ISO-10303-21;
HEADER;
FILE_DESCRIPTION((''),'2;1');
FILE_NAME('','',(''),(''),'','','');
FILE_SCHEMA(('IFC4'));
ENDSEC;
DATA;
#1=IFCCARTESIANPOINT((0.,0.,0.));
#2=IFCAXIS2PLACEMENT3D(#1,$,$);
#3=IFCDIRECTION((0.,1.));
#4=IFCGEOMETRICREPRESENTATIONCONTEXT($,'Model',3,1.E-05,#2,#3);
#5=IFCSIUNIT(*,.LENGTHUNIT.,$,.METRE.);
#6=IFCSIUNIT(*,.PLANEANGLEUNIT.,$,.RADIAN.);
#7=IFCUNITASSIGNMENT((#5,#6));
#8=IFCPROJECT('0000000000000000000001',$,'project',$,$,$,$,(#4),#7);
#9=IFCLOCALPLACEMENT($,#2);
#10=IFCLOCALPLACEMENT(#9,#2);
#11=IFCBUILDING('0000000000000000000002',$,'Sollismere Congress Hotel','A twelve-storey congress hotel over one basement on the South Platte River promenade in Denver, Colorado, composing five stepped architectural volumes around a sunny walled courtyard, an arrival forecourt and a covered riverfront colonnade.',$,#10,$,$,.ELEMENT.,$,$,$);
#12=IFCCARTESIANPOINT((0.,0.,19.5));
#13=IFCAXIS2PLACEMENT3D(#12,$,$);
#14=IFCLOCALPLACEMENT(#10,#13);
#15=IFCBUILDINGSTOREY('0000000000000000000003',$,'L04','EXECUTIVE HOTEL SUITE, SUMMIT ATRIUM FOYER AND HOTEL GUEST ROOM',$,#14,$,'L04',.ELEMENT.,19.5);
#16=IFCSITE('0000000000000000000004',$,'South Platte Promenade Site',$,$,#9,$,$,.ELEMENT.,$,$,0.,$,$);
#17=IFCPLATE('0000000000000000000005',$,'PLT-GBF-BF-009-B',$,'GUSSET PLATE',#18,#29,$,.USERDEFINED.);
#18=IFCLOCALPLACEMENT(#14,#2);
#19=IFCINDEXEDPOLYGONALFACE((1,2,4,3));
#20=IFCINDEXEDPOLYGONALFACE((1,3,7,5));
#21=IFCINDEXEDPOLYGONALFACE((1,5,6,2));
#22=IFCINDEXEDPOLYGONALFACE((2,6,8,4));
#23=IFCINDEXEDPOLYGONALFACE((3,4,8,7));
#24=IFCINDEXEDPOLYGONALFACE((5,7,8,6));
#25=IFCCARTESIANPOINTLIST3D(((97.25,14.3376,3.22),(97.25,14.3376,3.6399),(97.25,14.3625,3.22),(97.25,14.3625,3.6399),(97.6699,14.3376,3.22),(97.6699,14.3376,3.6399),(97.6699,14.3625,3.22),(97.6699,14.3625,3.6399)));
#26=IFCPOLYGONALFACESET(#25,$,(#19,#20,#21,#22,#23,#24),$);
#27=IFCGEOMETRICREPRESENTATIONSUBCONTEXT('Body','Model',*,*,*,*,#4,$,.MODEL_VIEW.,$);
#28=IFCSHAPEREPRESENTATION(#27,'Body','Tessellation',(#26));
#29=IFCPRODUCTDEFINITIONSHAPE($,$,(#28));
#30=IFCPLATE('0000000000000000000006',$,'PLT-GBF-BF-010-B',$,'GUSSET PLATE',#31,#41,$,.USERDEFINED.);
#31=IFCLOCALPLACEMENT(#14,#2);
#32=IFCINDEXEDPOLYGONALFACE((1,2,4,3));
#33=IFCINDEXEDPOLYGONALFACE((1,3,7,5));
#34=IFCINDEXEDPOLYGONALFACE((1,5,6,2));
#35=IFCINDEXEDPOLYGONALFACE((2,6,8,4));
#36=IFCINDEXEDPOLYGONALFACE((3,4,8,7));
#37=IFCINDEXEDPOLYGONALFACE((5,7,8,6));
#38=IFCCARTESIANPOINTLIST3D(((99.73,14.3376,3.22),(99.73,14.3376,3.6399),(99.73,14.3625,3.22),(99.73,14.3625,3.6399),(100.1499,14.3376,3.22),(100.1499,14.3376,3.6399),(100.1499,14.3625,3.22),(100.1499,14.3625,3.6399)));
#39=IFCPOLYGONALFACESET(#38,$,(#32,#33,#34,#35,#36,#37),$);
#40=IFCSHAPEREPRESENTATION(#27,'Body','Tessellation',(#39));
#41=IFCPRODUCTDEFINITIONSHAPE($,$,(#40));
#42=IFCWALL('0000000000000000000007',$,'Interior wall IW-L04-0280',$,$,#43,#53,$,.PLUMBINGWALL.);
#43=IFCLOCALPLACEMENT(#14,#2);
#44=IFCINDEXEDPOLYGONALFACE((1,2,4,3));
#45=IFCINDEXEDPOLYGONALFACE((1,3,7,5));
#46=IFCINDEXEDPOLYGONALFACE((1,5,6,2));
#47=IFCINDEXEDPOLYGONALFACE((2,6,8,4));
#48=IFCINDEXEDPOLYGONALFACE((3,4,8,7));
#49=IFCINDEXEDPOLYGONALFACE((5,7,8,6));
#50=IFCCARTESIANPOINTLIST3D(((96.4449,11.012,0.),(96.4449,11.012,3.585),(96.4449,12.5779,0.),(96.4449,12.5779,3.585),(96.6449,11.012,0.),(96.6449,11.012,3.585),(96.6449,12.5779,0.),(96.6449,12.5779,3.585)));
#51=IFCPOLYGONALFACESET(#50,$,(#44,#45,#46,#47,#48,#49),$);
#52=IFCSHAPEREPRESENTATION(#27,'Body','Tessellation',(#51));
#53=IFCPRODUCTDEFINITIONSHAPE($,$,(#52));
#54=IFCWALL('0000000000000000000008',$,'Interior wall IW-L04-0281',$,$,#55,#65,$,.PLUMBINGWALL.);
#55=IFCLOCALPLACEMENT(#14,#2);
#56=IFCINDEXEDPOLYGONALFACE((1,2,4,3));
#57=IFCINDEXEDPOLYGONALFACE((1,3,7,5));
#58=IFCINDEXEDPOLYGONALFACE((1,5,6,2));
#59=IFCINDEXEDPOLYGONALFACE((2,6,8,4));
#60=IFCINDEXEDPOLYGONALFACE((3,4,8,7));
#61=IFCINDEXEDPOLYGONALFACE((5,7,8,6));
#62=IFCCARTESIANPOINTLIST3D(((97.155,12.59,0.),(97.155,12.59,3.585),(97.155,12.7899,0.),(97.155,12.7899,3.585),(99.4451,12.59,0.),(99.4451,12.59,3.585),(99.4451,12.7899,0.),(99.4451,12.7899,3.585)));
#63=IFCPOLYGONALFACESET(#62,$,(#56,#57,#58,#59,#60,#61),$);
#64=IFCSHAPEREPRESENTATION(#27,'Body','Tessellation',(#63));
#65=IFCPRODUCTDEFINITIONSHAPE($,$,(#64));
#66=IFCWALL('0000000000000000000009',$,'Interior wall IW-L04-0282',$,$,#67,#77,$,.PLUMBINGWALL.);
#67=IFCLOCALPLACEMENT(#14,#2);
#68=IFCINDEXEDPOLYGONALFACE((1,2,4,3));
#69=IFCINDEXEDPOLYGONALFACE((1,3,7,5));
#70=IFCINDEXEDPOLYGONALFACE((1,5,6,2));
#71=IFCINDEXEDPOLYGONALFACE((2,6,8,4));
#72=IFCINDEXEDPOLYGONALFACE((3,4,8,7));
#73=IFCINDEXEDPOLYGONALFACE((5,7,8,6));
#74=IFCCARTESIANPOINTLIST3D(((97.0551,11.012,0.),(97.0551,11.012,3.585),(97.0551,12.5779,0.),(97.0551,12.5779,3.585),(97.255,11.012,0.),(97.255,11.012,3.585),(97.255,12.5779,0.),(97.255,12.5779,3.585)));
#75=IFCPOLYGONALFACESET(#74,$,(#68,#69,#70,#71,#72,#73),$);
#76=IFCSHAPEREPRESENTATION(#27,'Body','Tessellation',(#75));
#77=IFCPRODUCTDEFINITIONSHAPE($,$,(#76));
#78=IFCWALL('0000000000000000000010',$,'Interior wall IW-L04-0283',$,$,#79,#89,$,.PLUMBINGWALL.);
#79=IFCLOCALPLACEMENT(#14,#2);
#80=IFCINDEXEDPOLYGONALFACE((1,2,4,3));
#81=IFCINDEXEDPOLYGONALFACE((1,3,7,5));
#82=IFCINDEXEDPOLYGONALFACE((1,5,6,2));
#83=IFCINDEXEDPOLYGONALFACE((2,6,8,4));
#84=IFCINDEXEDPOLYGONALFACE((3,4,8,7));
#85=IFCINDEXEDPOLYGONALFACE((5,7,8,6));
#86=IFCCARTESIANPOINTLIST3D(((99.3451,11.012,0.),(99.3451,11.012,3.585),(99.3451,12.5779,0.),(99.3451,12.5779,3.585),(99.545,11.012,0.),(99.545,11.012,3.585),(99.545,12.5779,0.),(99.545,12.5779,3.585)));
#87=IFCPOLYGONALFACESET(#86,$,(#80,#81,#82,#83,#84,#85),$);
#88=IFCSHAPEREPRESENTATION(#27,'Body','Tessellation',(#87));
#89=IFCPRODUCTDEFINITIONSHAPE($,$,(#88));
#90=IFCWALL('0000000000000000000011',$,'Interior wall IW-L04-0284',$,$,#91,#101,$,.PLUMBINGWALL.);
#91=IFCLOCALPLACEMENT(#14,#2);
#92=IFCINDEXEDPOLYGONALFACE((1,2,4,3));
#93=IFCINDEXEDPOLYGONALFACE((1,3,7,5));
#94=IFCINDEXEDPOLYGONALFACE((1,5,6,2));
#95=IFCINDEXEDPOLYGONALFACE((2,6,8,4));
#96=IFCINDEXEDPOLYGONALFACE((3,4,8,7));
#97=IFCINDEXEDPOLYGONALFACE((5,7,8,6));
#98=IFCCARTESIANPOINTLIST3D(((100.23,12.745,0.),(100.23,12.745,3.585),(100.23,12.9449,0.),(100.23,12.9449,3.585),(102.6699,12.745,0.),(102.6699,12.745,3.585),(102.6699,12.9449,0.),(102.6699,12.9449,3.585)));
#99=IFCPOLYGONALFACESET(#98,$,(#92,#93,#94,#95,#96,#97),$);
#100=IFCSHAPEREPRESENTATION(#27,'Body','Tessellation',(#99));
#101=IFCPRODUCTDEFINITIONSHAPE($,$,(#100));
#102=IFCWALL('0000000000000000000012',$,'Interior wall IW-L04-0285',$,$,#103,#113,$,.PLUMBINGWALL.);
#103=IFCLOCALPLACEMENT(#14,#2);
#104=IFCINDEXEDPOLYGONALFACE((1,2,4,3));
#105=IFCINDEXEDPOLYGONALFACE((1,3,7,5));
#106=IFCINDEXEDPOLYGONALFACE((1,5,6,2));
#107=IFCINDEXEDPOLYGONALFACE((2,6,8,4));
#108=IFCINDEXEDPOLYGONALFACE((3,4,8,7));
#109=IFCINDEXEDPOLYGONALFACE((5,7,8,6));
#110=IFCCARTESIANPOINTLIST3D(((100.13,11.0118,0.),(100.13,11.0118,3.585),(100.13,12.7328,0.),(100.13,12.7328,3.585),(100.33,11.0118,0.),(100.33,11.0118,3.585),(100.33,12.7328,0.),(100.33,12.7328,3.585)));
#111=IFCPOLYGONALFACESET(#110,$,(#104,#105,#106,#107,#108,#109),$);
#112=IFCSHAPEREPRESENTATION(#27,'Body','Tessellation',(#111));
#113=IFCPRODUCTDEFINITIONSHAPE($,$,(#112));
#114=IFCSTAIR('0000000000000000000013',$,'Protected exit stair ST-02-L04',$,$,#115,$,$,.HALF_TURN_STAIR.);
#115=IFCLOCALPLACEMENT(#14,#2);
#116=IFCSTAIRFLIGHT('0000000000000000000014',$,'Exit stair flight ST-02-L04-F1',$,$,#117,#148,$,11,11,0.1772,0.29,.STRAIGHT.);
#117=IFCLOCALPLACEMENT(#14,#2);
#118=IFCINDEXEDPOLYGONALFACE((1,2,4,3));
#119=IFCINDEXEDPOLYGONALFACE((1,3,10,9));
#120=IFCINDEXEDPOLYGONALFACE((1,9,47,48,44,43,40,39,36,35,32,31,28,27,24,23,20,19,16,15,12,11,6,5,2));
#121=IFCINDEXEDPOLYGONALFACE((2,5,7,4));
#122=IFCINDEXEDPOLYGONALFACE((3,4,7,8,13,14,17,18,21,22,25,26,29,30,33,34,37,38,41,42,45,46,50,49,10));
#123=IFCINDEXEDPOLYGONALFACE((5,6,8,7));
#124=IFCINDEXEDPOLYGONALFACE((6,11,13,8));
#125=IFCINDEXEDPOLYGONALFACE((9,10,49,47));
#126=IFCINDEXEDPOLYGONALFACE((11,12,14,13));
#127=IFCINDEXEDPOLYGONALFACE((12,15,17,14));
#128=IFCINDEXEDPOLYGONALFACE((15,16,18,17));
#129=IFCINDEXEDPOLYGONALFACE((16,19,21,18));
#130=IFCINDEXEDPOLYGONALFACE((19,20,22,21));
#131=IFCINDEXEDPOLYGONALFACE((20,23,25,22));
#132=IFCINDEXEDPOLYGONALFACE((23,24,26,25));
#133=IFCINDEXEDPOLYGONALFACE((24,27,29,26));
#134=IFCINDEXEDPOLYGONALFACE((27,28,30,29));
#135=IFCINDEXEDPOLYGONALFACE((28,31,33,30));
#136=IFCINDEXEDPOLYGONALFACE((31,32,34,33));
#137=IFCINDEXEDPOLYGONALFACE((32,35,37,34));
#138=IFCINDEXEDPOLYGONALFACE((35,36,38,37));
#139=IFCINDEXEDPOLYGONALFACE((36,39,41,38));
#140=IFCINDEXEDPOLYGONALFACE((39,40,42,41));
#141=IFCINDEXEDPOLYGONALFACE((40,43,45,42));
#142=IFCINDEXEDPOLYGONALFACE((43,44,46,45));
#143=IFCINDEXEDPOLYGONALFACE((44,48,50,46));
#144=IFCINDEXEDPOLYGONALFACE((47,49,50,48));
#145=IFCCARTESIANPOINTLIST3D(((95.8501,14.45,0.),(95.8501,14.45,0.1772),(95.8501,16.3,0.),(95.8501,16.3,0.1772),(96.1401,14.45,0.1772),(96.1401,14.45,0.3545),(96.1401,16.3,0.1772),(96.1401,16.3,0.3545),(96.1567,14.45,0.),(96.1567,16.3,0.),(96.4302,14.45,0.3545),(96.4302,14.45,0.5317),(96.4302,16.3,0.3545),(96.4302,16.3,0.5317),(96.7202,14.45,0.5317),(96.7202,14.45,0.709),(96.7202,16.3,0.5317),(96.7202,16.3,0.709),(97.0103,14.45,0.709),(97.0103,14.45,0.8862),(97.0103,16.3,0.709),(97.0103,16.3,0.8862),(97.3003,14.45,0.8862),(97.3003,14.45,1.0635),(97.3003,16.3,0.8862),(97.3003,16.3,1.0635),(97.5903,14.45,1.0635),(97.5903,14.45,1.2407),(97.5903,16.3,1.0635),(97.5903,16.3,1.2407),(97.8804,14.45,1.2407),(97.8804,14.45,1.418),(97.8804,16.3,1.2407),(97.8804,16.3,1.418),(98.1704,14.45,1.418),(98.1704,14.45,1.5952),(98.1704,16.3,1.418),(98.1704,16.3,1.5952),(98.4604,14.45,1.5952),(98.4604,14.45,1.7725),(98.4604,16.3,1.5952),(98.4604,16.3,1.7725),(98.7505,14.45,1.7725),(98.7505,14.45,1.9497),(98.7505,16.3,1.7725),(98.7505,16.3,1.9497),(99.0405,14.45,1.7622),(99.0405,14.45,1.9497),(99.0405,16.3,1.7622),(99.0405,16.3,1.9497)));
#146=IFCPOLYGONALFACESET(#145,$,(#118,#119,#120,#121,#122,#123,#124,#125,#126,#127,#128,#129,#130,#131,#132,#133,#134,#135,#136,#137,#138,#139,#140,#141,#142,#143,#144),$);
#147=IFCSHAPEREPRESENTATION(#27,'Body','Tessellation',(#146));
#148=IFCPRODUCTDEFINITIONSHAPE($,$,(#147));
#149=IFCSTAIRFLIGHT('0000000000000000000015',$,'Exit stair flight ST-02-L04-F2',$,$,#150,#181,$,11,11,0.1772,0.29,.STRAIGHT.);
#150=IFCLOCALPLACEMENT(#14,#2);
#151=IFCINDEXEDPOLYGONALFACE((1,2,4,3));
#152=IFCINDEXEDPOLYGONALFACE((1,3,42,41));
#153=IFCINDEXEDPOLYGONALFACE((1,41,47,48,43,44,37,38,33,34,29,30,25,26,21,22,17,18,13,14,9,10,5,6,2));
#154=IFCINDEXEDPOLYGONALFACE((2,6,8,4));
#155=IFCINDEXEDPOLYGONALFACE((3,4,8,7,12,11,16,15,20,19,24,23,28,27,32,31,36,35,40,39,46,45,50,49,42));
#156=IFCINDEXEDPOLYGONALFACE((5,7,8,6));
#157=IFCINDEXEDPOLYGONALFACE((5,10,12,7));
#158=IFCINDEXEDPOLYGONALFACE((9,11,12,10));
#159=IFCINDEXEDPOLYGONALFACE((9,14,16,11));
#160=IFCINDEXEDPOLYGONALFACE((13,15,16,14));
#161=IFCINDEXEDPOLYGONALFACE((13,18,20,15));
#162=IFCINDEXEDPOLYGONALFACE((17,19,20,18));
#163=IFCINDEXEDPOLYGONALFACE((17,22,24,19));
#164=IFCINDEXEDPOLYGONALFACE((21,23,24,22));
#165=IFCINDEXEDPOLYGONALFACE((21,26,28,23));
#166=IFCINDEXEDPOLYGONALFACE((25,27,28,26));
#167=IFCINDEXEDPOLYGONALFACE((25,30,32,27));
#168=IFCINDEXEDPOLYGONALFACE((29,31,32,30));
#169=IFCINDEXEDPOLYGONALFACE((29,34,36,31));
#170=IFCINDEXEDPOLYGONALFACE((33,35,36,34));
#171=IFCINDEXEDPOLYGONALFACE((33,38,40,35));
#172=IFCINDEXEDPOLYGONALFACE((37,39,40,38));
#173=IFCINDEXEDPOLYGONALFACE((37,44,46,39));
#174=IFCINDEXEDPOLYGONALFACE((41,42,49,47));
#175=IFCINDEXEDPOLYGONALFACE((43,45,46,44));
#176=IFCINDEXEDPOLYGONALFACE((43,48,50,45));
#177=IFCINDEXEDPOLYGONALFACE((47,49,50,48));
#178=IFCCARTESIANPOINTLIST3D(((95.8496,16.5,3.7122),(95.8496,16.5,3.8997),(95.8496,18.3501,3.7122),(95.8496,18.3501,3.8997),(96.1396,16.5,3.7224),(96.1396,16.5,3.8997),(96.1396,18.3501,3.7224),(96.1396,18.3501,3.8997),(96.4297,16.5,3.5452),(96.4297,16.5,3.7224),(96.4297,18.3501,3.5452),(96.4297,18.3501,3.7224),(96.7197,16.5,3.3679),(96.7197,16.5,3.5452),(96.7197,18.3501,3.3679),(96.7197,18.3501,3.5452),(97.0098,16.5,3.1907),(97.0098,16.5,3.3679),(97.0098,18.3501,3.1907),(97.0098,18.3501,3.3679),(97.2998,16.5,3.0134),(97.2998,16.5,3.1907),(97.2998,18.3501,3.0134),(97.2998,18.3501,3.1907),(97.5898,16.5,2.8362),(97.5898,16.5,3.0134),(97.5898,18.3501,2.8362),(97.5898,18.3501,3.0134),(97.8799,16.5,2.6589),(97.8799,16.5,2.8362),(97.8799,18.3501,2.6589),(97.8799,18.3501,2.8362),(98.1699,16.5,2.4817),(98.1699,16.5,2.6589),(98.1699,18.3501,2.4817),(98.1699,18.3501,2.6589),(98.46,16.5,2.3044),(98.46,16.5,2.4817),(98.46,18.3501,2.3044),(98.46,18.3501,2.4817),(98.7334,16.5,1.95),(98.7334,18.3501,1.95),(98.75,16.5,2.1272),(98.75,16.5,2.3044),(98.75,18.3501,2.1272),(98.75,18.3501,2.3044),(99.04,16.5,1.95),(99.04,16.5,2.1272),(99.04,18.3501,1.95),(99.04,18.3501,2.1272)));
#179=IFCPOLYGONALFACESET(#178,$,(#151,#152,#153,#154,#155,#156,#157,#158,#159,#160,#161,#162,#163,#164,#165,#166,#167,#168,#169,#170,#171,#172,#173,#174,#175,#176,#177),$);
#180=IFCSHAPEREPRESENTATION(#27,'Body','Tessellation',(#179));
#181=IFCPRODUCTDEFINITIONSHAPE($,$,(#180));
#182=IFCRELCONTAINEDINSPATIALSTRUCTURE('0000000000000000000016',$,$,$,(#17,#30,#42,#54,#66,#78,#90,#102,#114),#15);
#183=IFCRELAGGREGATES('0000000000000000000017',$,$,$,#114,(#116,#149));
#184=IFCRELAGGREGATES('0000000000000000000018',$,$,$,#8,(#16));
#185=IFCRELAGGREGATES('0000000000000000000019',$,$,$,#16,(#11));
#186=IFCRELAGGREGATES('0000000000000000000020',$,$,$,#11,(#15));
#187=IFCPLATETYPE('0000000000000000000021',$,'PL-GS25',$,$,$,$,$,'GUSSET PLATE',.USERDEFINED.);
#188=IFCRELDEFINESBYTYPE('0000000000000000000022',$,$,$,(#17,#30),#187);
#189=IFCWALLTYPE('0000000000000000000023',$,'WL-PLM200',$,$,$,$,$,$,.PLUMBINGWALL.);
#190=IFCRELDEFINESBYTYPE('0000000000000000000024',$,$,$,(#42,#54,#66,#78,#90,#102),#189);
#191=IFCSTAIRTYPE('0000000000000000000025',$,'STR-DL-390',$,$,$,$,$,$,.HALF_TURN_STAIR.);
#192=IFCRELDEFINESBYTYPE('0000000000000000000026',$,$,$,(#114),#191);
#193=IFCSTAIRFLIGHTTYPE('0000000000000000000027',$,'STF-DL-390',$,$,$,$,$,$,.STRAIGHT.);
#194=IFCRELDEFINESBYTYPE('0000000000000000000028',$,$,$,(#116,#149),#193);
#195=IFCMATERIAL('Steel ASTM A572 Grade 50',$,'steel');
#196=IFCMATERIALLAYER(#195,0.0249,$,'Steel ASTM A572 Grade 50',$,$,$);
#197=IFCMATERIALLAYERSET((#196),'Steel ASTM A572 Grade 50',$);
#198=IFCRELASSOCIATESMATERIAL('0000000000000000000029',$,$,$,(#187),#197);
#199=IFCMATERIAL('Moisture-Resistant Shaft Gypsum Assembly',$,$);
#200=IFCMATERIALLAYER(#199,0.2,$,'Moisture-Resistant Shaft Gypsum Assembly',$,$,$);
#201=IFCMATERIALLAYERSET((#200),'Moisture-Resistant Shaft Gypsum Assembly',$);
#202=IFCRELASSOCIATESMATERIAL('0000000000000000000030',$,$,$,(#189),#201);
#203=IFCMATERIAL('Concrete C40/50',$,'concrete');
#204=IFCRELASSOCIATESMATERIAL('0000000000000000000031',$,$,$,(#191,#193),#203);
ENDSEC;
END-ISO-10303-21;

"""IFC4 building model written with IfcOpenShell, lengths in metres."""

from ifc_helpers import new_model, si_unit, direction, frame, frame_2d, origin, origin_2d, place, context, subcontext, project, spatial, polyline, rectangle, outline, extrude, material, layer, layer_set, type_object, element, aggregate, save


model = new_model("IFC4")

# Units and contexts
model_context = context("Model", 3, precision=1e-05, world=origin(), true_north=direction((0.0, 1.0)))
body_context = subcontext(model_context, "Body", "Model", "MODEL_VIEW")
ifc_project = project(units=[si_unit("LENGTHUNIT", "METRE"), si_unit("PLANEANGLEUNIT", "RADIAN")], contexts=[model_context])

# Site, building, storey
site_placement = place(None, origin())
site = spatial("IfcSite", under=ifc_project, at=site_placement, Name="South Platte Promenade Site", CompositionType="ELEMENT", RefElevation=0.0)
building_placement = place(site_placement, origin())
building = spatial("IfcBuilding", under=site, at=building_placement, Name="Sollismere Congress Hotel", Description="A twelve-storey congress hotel over one basement on the South Platte River promenade in Denver, Colorado, composing five stepped architectural volumes around a sunny walled courtyard, an arrival forecourt and a covered riverfront colonnade.", CompositionType="ELEMENT")
storey_placement = place(building_placement, frame((0.0, 0.0, 19.5)))
storey = spatial("IfcBuildingStorey", under=building, at=storey_placement, Name="L04", Description="EXECUTIVE HOTEL SUITE, SUMMIT ATRIUM FOYER AND HOTEL GUEST ROOM", LongName="L04", CompositionType="ELEMENT", Elevation=19.5)

# Plates
ifc_material_1 = material(Name="Steel ASTM A572 Grade 50", Category="steel")
ifc_layer_1 = layer(ifc_material_1, 0.0249, Name="Steel ASTM A572 Grade 50")
ifc_layer_set_1 = layer_set([ifc_layer_1], Name="Steel ASTM A572 Grade 50")
plate_type = type_object("IfcPlateType", Name="PL-GS25", ElementType="GUSSET PLATE", PredefinedType="USERDEFINED", material=ifc_layer_set_1)
for number, where, z_axis, x_axis, name in (
    (1, (97.46, 14.3501, 3.22), (0.0, 0.0, 1.0), (1.0, 0.0, 0.0), "PLT-GBF-BF-009-B"),
    (2, (99.9399, 14.3501, 3.22), (0.0, 0.0, 1.0), (1.0, 0.0, 0.0), "PLT-GBF-BF-010-B"),
):
    element("IfcPlate", number, at=place(storey_placement, frame(where, z_axis=z_axis, x_axis=x_axis)), inside=storey, type_object=plate_type, Name=name, ObjectType="GUSSET PLATE", PredefinedType="USERDEFINED", context=body_context, shape_type="SweptSolid", body=[
        extrude(rectangle(XDim=0.4199, YDim=0.0249, at=origin_2d()), origin(), (0.0, 0.0, 1.0), 0.4199),
    ])

# Walls
ifc_material_2 = material(Name="Moisture-Resistant Shaft Gypsum Assembly")
ifc_layer_2 = layer(ifc_material_2, 0.2, Name="Moisture-Resistant Shaft Gypsum Assembly")
ifc_layer_set_2 = layer_set([ifc_layer_2], Name="Moisture-Resistant Shaft Gypsum Assembly")
wall_type = type_object("IfcWallType", Name="WL-PLM200", PredefinedType="PLUMBINGWALL", material=ifc_layer_set_2)
wall_1_placement = place(storey_placement, frame((96.5449, 11.012, 0.0), z_axis=(0.0, 0.0, 1.0), x_axis=(0.0, 1.0, 0.0)))
element("IfcWall", 3, at=wall_1_placement, inside=storey, type_object=wall_type, Name="Interior wall IW-L04-0280", PredefinedType="PLUMBINGWALL", context=body_context, shape_type="SweptSolid", body=[
    extrude(rectangle(XDim=1.5659, YDim=0.2, at=frame_2d((0.783, 0.0))), origin(), (0.0, 0.0, 1.0), 3.585),
])
wall_2_placement = place(storey_placement, frame((97.155, 12.6899, 0.0), z_axis=(0.0, 0.0, 1.0), x_axis=(1.0, 0.0, 0.0)))
element("IfcWall", 4, at=wall_2_placement, inside=storey, type_object=wall_type, Name="Interior wall IW-L04-0281", PredefinedType="PLUMBINGWALL", context=body_context, shape_type="SweptSolid", body=[
    extrude(rectangle(XDim=2.29, YDim=0.2, at=frame_2d((1.145, 0.0))), origin(), (0.0, 0.0, 1.0), 3.585),
])
for number, where, z_axis, x_axis, name in (
    (5, (97.155, 11.012, 0.0), (0.0, 0.0, 1.0), (0.0, 1.0, 0.0), "Interior wall IW-L04-0282"),
    (6, (99.4451, 11.012, 0.0), (0.0, 0.0, 1.0), (0.0, 1.0, 0.0), "Interior wall IW-L04-0283"),
):
    element("IfcWall", number, at=place(storey_placement, frame(where, z_axis=z_axis, x_axis=x_axis)), inside=storey, type_object=wall_type, Name=name, PredefinedType="PLUMBINGWALL", context=body_context, shape_type="SweptSolid", body=[
        extrude(rectangle(XDim=1.5659, YDim=0.2, at=frame_2d((0.783, 0.0))), origin(), (0.0, 0.0, 1.0), 3.585),
    ])
wall_3_placement = place(storey_placement, frame((100.23, 12.845, 0.0), z_axis=(0.0, 0.0, 1.0), x_axis=(1.0, 0.0, 0.0)))
element("IfcWall", 7, at=wall_3_placement, inside=storey, type_object=wall_type, Name="Interior wall IW-L04-0284", PredefinedType="PLUMBINGWALL", context=body_context, shape_type="SweptSolid", body=[
    extrude(rectangle(XDim=2.4399, YDim=0.2, at=frame_2d((1.22, 0.0))), origin(), (0.0, 0.0, 1.0), 3.585),
])
wall_4_placement = place(storey_placement, frame((100.23, 11.012, 0.0), z_axis=(0.0, 0.0, 1.0), x_axis=(0.0, 1.0, 0.0)))
element("IfcWall", 8, at=wall_4_placement, inside=storey, type_object=wall_type, Name="Interior wall IW-L04-0285", PredefinedType="PLUMBINGWALL", context=body_context, shape_type="SweptSolid", body=[
    extrude(rectangle(XDim=1.7209, YDim=0.2, at=frame_2d((0.8604, 0.0))), origin(), (0.0, 0.0, 1.0), 3.585),
])

# Stair, stair flights
ifc_material_3 = material(Name="Concrete C40/50", Category="concrete")
stair_type = type_object("IfcStairType", Name="STR-DL-390", PredefinedType="HALF_TURN_STAIR", material=ifc_material_3)
stair_placement = place(storey_placement, origin())
stair = element("IfcStair", 9, at=stair_placement, inside=storey, type_object=stair_type, Name="Protected exit stair ST-02-L04", PredefinedType="HALF_TURN_STAIR")
stair_flight_type = type_object("IfcStairFlightType", Name="STF-DL-390", PredefinedType="STRAIGHT", material=ifc_material_3)
stair_flight_1_placement = place(storey_placement, frame((95.8501, 15.375, 0.0), z_axis=(0.0, 0.0, 1.0), x_axis=(1.0, 0.0, 0.0)))
stair_flight_1 = element("IfcStairFlight", 10, at=stair_flight_1_placement, type_object=stair_flight_type, Name="Exit stair flight ST-02-L04-F1", NumberOfRisers=11, NumberOfTreads=11, PredefinedType="STRAIGHT", RiserHeight=0.1772, TreadLength=0.29, context=body_context, shape_type="SweptSolid", body=[
    extrude(outline(polyline([(0.0, 0.0), (0.0, 0.1772), (0.29, 0.1772), (0.29, 0.3545), (0.5801, 0.3545), (0.5801, 0.5317), (0.8701, 0.5317), (0.8701, 0.709), (1.1602, 0.709), (1.1602, 0.8862), (1.4502, 0.8862), (1.4502, 1.0635), (1.7402, 1.0635), (1.7402, 1.2407), (2.0303, 1.2407), (2.0303, 1.418), (2.3203, 1.418), (2.3203, 1.5952), (2.6104, 1.5952), (2.6104, 1.7725), (2.9004, 1.7725), (2.9004, 1.9497), (3.1904, 1.9497), (3.1904, 1.7622), (0.3066, 0.0), (0.0, 0.0)])), frame((0.0, 0.925, 0.0), z_axis=(0.0, -1.0, 0.0), x_axis=(1.0, 0.0, 0.0)), (0.0, 0.0, 1.0), 1.8501),
])
stair_flight_2_placement = place(storey_placement, frame((99.04, 17.425, 1.95), z_axis=(0.0, 0.0, 1.0), x_axis=(-1.0, 0.0, 0.0)))
stair_flight_2 = element("IfcStairFlight", 11, at=stair_flight_2_placement, type_object=stair_flight_type, Name="Exit stair flight ST-02-L04-F2", NumberOfRisers=11, NumberOfTreads=11, PredefinedType="STRAIGHT", RiserHeight=0.1772, TreadLength=0.29, context=body_context, shape_type="SweptSolid", body=[
    extrude(outline(polyline([(0.0, 0.0), (0.0, 0.1772), (0.29, 0.1772), (0.29, 0.3545), (0.5801, 0.3545), (0.5801, 0.5317), (0.8701, 0.5317), (0.8701, 0.709), (1.1602, 0.709), (1.1602, 0.8862), (1.4502, 0.8862), (1.4502, 1.0635), (1.7402, 1.0635), (1.7402, 1.2407), (2.0303, 1.2407), (2.0303, 1.418), (2.3203, 1.418), (2.3203, 1.5952), (2.6104, 1.5952), (2.6104, 1.7725), (2.9004, 1.7725), (2.9004, 1.9497), (3.1904, 1.9497), (3.1904, 1.7622), (0.3066, 0.0), (0.0, 0.0)])), frame((0.0, 0.925, 0.0), z_axis=(0.0, -1.0, 0.0), x_axis=(1.0, 0.0, 0.0)), (0.0, 0.0, 1.0), 1.8501),
])
aggregate(stair, [stair_flight_1, stair_flight_2])

save(model, "model.ifc")
